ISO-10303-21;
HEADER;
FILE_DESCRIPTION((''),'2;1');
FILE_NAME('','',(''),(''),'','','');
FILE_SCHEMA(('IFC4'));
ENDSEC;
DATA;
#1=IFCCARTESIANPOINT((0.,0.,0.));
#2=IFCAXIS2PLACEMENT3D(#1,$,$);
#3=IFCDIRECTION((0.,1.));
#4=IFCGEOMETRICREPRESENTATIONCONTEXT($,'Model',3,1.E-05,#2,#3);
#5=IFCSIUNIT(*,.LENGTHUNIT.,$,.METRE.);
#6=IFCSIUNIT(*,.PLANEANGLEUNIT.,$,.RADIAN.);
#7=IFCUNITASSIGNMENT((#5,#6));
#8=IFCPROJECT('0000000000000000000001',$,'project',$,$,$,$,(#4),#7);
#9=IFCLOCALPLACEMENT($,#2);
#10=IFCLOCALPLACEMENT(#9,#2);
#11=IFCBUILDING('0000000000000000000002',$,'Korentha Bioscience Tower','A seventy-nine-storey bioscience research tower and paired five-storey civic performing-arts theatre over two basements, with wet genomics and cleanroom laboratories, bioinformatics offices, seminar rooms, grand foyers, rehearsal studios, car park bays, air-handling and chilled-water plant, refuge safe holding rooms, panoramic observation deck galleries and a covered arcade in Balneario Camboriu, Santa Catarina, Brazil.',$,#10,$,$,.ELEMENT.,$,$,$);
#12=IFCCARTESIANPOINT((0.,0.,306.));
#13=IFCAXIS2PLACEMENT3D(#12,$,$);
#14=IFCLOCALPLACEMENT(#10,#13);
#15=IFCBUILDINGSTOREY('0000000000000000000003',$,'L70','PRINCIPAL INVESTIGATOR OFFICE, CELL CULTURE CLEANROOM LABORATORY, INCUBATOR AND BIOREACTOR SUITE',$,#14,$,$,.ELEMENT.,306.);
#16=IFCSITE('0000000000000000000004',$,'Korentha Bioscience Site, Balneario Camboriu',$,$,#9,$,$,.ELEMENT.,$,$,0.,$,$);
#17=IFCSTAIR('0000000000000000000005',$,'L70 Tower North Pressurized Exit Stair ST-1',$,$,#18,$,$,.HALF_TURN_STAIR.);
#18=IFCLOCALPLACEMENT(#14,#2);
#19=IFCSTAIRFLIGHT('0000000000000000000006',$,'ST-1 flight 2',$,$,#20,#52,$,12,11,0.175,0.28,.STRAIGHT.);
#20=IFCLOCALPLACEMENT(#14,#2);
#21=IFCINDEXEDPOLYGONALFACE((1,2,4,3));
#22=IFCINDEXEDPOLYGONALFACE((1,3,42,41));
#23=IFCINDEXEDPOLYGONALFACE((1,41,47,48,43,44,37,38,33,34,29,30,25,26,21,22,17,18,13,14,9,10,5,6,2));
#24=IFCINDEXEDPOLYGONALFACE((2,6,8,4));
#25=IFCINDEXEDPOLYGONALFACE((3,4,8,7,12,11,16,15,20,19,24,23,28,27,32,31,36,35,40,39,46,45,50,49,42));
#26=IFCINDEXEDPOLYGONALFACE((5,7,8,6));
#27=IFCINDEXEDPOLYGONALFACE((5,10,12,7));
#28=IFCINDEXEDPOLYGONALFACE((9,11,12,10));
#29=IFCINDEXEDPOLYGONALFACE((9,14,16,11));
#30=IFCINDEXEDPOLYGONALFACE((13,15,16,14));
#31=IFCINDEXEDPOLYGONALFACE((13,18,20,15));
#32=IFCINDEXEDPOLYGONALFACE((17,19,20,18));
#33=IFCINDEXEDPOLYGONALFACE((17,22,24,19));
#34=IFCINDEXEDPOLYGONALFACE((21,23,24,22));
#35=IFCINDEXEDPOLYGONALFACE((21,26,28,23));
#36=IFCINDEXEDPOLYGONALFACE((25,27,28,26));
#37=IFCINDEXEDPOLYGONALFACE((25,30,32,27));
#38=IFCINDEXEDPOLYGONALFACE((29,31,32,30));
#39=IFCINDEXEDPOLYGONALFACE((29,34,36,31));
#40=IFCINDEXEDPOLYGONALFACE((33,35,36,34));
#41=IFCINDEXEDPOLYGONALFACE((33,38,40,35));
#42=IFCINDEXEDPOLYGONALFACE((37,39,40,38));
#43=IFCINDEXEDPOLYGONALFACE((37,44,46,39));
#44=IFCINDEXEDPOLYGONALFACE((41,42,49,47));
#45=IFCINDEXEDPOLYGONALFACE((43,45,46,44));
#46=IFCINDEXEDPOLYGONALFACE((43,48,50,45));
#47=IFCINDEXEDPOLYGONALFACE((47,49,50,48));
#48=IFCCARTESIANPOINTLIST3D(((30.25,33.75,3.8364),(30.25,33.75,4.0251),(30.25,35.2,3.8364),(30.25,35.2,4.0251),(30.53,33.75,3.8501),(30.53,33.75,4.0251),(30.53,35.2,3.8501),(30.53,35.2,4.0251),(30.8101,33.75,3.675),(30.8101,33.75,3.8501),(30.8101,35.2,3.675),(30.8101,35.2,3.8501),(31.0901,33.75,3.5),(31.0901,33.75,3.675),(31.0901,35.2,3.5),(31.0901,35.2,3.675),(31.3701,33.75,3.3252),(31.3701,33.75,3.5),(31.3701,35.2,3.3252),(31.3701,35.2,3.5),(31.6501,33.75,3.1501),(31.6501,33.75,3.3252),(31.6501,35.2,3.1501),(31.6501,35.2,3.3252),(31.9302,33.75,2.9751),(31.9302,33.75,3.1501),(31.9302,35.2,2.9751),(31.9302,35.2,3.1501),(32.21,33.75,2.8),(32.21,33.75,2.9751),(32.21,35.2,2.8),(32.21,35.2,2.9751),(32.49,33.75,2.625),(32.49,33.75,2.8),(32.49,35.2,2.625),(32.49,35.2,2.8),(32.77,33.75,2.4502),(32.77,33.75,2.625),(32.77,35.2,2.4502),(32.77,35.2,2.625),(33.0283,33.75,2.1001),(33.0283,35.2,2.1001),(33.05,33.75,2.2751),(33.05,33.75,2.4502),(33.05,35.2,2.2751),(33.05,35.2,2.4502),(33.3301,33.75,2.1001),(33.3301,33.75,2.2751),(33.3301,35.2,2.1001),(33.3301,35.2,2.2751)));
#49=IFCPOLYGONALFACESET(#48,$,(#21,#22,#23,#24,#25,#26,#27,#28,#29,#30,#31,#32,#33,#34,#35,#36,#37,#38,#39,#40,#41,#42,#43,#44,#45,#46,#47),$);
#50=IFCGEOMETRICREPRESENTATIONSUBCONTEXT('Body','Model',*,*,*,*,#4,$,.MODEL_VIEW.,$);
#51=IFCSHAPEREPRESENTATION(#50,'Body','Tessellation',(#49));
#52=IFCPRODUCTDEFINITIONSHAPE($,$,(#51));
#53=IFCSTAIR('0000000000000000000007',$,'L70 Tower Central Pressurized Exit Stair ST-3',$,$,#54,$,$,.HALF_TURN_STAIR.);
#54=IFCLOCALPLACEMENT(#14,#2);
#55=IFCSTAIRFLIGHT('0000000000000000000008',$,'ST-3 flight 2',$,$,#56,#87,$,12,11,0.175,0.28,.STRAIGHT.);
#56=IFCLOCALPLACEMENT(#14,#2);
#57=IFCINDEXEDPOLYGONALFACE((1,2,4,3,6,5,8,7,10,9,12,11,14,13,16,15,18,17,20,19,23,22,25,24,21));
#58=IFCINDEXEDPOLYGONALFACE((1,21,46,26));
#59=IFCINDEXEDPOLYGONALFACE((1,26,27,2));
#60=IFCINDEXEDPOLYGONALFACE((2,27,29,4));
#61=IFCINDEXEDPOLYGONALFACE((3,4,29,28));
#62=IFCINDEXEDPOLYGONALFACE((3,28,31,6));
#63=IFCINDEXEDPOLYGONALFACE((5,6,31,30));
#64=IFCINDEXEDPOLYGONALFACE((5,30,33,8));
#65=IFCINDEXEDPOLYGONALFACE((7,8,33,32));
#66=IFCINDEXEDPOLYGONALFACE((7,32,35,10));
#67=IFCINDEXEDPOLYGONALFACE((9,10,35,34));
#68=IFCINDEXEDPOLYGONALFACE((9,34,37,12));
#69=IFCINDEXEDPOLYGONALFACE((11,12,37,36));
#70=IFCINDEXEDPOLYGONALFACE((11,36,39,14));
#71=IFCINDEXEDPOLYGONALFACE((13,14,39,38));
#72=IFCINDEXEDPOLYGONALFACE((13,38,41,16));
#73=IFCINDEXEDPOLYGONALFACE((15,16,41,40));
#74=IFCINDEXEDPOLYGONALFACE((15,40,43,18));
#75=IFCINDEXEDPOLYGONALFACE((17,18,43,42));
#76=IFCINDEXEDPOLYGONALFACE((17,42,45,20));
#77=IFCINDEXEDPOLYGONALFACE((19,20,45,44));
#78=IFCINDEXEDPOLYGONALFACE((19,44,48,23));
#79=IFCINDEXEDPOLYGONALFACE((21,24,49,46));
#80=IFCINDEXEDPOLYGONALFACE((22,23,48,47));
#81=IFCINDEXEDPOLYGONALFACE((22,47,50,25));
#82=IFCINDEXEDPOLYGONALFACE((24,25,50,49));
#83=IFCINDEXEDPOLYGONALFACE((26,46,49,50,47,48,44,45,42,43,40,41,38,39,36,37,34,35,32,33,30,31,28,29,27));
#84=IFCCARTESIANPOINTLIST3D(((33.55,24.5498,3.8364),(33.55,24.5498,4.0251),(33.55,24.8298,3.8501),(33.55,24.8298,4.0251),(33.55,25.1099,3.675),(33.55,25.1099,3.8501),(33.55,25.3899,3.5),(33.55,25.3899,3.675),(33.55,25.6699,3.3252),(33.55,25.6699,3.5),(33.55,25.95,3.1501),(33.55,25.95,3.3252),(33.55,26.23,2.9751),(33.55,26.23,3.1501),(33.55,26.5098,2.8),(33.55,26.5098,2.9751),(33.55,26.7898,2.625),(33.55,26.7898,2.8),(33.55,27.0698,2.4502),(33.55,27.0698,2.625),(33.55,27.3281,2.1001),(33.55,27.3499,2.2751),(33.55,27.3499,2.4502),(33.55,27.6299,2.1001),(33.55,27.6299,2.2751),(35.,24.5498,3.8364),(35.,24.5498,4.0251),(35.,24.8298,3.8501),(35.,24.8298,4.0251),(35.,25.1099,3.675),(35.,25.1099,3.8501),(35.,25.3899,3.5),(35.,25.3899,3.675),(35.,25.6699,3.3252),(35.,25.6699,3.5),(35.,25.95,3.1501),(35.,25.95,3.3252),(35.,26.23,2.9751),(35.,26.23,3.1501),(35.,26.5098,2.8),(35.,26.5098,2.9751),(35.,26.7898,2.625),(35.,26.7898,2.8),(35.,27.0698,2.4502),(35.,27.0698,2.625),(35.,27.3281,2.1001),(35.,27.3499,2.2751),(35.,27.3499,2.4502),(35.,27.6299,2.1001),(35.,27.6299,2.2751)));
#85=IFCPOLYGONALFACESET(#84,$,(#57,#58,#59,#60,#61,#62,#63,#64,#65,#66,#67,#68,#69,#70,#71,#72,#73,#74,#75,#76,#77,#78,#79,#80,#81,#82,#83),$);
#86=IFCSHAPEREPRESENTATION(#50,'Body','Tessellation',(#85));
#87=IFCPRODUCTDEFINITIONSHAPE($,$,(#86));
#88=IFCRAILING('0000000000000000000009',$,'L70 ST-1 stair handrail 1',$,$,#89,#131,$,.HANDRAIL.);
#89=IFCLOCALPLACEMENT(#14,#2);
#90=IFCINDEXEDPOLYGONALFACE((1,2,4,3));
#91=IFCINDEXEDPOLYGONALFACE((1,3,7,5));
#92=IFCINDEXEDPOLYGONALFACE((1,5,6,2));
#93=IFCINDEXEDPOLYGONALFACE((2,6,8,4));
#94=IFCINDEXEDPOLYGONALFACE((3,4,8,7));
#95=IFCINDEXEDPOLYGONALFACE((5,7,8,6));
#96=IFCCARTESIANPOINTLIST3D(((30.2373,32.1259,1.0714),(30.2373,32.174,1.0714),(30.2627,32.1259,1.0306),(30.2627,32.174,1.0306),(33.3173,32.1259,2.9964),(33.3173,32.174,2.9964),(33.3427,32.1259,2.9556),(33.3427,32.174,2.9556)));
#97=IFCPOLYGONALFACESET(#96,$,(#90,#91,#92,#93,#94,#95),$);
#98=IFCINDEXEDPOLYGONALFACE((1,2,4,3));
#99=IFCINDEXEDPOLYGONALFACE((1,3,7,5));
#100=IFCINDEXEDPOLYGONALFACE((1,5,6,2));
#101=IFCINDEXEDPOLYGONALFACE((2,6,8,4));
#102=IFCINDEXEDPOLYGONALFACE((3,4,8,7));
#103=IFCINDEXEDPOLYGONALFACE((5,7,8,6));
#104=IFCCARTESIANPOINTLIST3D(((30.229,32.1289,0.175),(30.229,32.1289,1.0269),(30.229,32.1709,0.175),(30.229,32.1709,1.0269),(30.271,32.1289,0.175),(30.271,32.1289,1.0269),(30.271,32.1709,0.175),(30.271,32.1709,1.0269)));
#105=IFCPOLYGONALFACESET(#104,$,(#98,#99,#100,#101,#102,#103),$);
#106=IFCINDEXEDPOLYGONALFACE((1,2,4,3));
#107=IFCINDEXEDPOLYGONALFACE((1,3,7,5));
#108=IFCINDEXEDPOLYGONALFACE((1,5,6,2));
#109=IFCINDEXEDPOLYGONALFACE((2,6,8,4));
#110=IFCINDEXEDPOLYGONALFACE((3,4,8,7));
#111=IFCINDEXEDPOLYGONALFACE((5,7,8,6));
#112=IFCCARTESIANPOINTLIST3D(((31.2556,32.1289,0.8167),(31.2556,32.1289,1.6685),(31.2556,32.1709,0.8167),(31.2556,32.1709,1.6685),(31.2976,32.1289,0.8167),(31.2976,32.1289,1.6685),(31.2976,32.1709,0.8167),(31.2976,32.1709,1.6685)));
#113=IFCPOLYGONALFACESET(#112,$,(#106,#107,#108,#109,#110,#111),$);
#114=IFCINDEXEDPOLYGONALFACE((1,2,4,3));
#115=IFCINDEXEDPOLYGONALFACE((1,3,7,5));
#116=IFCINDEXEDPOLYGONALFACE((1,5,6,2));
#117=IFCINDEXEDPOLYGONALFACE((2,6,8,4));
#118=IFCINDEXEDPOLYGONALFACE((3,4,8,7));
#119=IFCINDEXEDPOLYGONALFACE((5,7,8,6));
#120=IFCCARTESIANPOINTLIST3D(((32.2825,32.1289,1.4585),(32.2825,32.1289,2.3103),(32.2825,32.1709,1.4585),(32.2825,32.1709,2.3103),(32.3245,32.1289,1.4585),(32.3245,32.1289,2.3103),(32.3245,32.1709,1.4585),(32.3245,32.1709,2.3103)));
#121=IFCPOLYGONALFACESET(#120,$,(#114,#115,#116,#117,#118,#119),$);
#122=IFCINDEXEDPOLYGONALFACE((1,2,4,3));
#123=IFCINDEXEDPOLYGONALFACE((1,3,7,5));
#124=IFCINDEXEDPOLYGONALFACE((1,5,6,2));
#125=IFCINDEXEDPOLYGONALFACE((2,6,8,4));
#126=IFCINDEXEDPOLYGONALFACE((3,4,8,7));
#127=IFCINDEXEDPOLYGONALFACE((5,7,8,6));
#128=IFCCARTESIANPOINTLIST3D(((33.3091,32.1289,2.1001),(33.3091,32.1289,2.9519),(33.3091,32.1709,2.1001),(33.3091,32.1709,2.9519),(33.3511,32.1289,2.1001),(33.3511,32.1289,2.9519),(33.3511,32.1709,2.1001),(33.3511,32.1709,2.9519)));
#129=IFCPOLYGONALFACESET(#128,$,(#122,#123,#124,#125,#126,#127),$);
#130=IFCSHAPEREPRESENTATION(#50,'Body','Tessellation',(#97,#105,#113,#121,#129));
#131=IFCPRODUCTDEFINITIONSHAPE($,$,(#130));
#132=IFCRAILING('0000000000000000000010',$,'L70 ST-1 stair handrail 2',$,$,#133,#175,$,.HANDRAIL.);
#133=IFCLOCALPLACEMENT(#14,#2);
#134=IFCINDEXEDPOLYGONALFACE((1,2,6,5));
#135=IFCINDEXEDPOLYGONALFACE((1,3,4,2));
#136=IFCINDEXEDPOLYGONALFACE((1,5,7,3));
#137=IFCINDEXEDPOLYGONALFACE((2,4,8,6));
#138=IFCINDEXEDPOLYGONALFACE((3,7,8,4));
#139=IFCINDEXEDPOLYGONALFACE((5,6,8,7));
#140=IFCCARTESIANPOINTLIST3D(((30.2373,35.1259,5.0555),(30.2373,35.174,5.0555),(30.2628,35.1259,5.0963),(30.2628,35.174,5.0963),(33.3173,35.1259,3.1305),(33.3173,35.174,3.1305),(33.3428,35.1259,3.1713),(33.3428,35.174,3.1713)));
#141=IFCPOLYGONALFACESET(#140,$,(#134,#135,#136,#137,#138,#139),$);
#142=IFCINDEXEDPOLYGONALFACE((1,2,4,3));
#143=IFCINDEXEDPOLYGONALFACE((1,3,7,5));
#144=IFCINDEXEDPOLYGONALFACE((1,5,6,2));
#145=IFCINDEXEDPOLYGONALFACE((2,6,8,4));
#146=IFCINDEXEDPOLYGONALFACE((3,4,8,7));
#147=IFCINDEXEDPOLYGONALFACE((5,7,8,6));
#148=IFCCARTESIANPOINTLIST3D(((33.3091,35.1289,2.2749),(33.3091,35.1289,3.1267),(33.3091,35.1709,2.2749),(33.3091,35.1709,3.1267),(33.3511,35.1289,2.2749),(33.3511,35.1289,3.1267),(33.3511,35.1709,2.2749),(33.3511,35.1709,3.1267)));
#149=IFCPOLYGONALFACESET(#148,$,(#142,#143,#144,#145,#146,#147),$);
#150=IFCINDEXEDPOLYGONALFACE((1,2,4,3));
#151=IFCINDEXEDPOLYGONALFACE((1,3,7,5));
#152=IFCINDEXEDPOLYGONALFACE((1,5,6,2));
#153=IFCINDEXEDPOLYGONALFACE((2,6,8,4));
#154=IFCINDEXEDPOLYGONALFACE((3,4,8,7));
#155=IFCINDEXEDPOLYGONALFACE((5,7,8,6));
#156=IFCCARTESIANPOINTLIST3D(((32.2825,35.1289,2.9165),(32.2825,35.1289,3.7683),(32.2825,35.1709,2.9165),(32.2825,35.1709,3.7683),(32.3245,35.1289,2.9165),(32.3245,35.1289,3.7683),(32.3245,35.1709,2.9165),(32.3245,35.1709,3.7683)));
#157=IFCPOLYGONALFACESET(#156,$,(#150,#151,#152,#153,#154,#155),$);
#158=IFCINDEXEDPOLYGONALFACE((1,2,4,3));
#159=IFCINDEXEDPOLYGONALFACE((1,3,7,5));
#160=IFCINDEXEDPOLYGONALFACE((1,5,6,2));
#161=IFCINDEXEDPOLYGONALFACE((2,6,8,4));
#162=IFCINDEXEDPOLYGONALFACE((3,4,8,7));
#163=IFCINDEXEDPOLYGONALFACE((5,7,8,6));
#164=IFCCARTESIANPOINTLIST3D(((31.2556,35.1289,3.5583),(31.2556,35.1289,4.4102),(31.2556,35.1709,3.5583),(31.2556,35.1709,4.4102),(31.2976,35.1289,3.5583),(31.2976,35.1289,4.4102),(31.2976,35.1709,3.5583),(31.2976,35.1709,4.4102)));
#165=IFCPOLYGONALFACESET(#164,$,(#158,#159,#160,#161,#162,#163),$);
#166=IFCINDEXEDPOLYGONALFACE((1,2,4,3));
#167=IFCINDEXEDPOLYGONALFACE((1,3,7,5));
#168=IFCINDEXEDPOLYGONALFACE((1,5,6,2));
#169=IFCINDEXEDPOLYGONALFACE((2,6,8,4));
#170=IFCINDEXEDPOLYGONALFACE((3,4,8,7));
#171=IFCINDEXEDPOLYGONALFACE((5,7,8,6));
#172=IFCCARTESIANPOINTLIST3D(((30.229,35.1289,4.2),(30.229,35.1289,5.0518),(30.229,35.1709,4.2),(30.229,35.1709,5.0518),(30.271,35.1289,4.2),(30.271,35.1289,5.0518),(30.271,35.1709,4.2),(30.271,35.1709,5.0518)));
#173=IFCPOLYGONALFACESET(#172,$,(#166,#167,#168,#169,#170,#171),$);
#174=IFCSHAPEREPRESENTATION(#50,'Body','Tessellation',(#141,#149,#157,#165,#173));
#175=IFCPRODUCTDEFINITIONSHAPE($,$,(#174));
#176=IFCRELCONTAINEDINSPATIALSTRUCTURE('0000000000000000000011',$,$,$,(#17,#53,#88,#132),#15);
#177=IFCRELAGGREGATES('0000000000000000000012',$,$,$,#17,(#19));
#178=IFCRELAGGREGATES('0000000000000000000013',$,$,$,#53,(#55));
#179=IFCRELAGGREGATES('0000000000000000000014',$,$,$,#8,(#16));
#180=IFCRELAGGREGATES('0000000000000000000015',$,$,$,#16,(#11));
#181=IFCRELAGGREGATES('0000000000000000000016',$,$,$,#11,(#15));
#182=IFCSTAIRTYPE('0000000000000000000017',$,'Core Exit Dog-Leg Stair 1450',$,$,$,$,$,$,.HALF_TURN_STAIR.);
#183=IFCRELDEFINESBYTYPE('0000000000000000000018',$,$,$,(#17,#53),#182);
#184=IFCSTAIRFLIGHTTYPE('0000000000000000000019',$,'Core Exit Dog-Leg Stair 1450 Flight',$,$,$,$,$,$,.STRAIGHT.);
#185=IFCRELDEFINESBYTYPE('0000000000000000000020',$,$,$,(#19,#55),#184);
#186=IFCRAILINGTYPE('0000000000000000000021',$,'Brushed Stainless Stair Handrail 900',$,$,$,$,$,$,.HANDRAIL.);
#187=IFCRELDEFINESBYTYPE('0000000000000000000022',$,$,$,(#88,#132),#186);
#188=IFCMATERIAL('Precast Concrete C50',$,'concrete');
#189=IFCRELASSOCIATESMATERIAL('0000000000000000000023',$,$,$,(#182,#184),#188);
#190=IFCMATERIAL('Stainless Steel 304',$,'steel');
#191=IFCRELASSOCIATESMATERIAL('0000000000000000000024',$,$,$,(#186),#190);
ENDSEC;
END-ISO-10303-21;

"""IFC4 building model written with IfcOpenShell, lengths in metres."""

from ifc_helpers import new_model, si_unit, direction, frame, origin, origin_2d, place, context, subcontext, project, spatial, polyline, rectangle, outline, extrude, material, type_object, element, aggregate, save


model = new_model("IFC4")

# Units and contexts
model_context = context("Model", 3, precision=1e-05, world=origin(), true_north=direction((0.0, 1.0)))
body_context = subcontext(model_context, "Body", "Model", "MODEL_VIEW")
ifc_project = project(units=[si_unit("LENGTHUNIT", "METRE"), si_unit("PLANEANGLEUNIT", "RADIAN")], contexts=[model_context])

# Site, building, storey
site_placement = place(None, origin())
site = spatial("IfcSite", under=ifc_project, at=site_placement, Name="Korentha Bioscience Site, Balneario Camboriu", CompositionType="ELEMENT", RefElevation=0.0)
building_placement = place(site_placement, origin())
building = spatial("IfcBuilding", under=site, at=building_placement, Name="Korentha Bioscience Tower", Description="A seventy-nine-storey bioscience research tower and paired five-storey civic performing-arts theatre over two basements, with wet genomics and cleanroom laboratories, bioinformatics offices, seminar rooms, grand foyers, rehearsal studios, car park bays, air-handling and chilled-water plant, refuge safe holding rooms, panoramic observation deck galleries and a covered arcade in Balneario Camboriu, Santa Catarina, Brazil.", CompositionType="ELEMENT")
storey_placement = place(building_placement, frame((0.0, 0.0, 306.0)))
storey = spatial("IfcBuildingStorey", under=building, at=storey_placement, Name="L70", Description="PRINCIPAL INVESTIGATOR OFFICE, CELL CULTURE CLEANROOM LABORATORY, INCUBATOR AND BIOREACTOR SUITE", CompositionType="ELEMENT", Elevation=306.0)

# Stair, stair flight
ifc_material_1 = material(Name="Precast Concrete C50", Category="concrete")
stair_type = type_object("IfcStairType", Name="Core Exit Dog-Leg Stair 1450", PredefinedType="HALF_TURN_STAIR", material=ifc_material_1)
stair_1_placement = place(storey_placement, origin())
stair_1 = element("IfcStair", 1, at=stair_1_placement, inside=storey, type_object=stair_type, Name="L70 Tower North Pressurized Exit Stair ST-1", PredefinedType="HALF_TURN_STAIR")
stair_flight_type = type_object("IfcStairFlightType", Name="Core Exit Dog-Leg Stair 1450 Flight", PredefinedType="STRAIGHT", material=ifc_material_1)
stair_flight_1_placement = place(storey_placement, frame((33.3301, 34.4751, 2.1001), z_axis=(0.0, 0.0, 1.0), x_axis=(-1.0, 0.0, 0.0)))
stair_flight_1 = element("IfcStairFlight", 2, at=stair_flight_1_placement, type_object=stair_flight_type, Name="ST-1 flight 2", NumberOfRisers=12, NumberOfTreads=11, PredefinedType="STRAIGHT", RiserHeight=0.175, TreadLength=0.28, context=body_context, shape_type="SweptSolid", body=[
    extrude(outline(polyline([(0.0, 0.0), (0.0, 0.175), (0.28, 0.175), (0.28, 0.3501), (0.5601, 0.3501), (0.5601, 0.5249), (0.8401, 0.5249), (0.8401, 0.7), (1.1201, 0.7), (1.1201, 0.875), (1.3999, 0.875), (1.3999, 1.05), (1.6799, 1.05), (1.6799, 1.2251), (1.96, 1.2251), (1.96, 1.3999), (2.24, 1.3999), (2.24, 1.575), (2.52, 1.575), (2.52, 1.75), (2.8, 1.75), (2.8, 1.925), (3.0801, 1.925), (3.0801, 2.1001), (3.0801, 1.7363), (0.3018, 0.0), (0.0, 0.0)])), frame((0.0, 0.7251, 0.0), z_axis=(0.0, -1.0, 0.0), x_axis=(1.0, 0.0, 0.0)), (0.0, 0.0, 1.0), 1.45),
])
aggregate(stair_1, [stair_flight_1])

# Stair, stair flight
stair_2_placement = place(storey_placement, origin())
stair_2 = element("IfcStair", 3, at=stair_2_placement, inside=storey, type_object=stair_type, Name="L70 Tower Central Pressurized Exit Stair ST-3", PredefinedType="HALF_TURN_STAIR")
stair_flight_2_placement = place(storey_placement, frame((34.2749, 27.6299, 2.1001), z_axis=(0.0, 0.0, 1.0), x_axis=(0.0, -1.0, 0.0)))
stair_flight_2 = element("IfcStairFlight", 4, at=stair_flight_2_placement, type_object=stair_flight_type, Name="ST-3 flight 2", NumberOfRisers=12, NumberOfTreads=11, PredefinedType="STRAIGHT", RiserHeight=0.175, TreadLength=0.28, context=body_context, shape_type="SweptSolid", body=[
    extrude(outline(polyline([(0.0, 0.0), (0.0, 0.175), (0.28, 0.175), (0.28, 0.3501), (0.5601, 0.3501), (0.5601, 0.5249), (0.8401, 0.5249), (0.8401, 0.7), (1.1201, 0.7), (1.1201, 0.875), (1.3999, 0.875), (1.3999, 1.05), (1.6799, 1.05), (1.6799, 1.2251), (1.96, 1.2251), (1.96, 1.3999), (2.24, 1.3999), (2.24, 1.575), (2.52, 1.575), (2.52, 1.75), (2.8, 1.75), (2.8, 1.925), (3.0801, 1.925), (3.0801, 2.1001), (3.0801, 1.7363), (0.3018, 0.0), (0.0, 0.0)])), frame((0.0, 0.7251, 0.0), z_axis=(0.0, -1.0, 0.0), x_axis=(1.0, 0.0, 0.0)), (0.0, 0.0, 1.0), 1.45),
])
aggregate(stair_2, [stair_flight_2])

# Railings
ifc_material_2 = material(Name="Stainless Steel 304", Category="steel")
railing_type_1 = type_object("IfcRailingType", Name="Brushed Stainless Stair Handrail 900", PredefinedType="HANDRAIL", material=ifc_material_2)
railing_1_placement = place(storey_placement, frame((30.25, 32.1499, 0.175)))
element("IfcRailing", 5, at=railing_1_placement, inside=storey, type_object=railing_type_1, Name="L70 ST-1 stair handrail 1", PredefinedType="HANDRAIL", context=body_context, shape_type="SweptSolid", body=[
    extrude(rectangle(XDim=0.0481, YDim=0.0481, at=origin_2d()), frame((0.0, 0.0, 0.876), z_axis=(0.847998, 0.0, 0.529999), x_axis=(0.0, 1.0, 0.0)), (0.0, 0.0, 1.0), 3.6321),
    extrude(rectangle(XDim=0.042, YDim=0.042, at=origin_2d()), origin(), (0.0, 0.0, 1.0), 0.8518),
    extrude(rectangle(XDim=0.042, YDim=0.042, at=origin_2d()), frame((1.0266, 0.0, 0.6416)), (0.0, 0.0, 1.0), 0.8518),
    extrude(rectangle(XDim=0.042, YDim=0.042, at=origin_2d()), frame((2.0535, 0.0, 1.2834)), (0.0, 0.0, 1.0), 0.8518),
    extrude(rectangle(XDim=0.042, YDim=0.042, at=origin_2d()), frame((3.0801, 0.0, 1.925)), (0.0, 0.0, 1.0), 0.8518),
])
railing_2_placement = place(storey_placement, frame((33.3301, 35.1499, 2.2749)))
element("IfcRailing", 6, at=railing_2_placement, inside=storey, type_object=railing_type_1, Name="L70 ST-1 stair handrail 2", PredefinedType="HANDRAIL", context=body_context, shape_type="SweptSolid", body=[
    extrude(rectangle(XDim=0.0481, YDim=0.0481, at=origin_2d()), frame((0.0, 0.0, 0.876), z_axis=(-0.847998, 0.0, 0.529999), x_axis=(0.0, -1.0, 0.0)), (0.0, 0.0, 1.0), 3.6321),
    extrude(rectangle(XDim=0.042, YDim=0.042, at=origin_2d()), origin(), (0.0, 0.0, 1.0), 0.8518),
    extrude(rectangle(XDim=0.042, YDim=0.042, at=origin_2d()), frame((-1.0266, 0.0, 0.6416)), (0.0, 0.0, 1.0), 0.8518),
    extrude(rectangle(XDim=0.042, YDim=0.042, at=origin_2d()), frame((-2.0535, 0.0, 1.2834)), (0.0, 0.0, 1.0), 0.8518),
    extrude(rectangle(XDim=0.042, YDim=0.042, at=origin_2d()), frame((-3.0801, 0.0, 1.925)), (0.0, 0.0, 1.0), 0.8518),
])

save(model, "model.ifc")
